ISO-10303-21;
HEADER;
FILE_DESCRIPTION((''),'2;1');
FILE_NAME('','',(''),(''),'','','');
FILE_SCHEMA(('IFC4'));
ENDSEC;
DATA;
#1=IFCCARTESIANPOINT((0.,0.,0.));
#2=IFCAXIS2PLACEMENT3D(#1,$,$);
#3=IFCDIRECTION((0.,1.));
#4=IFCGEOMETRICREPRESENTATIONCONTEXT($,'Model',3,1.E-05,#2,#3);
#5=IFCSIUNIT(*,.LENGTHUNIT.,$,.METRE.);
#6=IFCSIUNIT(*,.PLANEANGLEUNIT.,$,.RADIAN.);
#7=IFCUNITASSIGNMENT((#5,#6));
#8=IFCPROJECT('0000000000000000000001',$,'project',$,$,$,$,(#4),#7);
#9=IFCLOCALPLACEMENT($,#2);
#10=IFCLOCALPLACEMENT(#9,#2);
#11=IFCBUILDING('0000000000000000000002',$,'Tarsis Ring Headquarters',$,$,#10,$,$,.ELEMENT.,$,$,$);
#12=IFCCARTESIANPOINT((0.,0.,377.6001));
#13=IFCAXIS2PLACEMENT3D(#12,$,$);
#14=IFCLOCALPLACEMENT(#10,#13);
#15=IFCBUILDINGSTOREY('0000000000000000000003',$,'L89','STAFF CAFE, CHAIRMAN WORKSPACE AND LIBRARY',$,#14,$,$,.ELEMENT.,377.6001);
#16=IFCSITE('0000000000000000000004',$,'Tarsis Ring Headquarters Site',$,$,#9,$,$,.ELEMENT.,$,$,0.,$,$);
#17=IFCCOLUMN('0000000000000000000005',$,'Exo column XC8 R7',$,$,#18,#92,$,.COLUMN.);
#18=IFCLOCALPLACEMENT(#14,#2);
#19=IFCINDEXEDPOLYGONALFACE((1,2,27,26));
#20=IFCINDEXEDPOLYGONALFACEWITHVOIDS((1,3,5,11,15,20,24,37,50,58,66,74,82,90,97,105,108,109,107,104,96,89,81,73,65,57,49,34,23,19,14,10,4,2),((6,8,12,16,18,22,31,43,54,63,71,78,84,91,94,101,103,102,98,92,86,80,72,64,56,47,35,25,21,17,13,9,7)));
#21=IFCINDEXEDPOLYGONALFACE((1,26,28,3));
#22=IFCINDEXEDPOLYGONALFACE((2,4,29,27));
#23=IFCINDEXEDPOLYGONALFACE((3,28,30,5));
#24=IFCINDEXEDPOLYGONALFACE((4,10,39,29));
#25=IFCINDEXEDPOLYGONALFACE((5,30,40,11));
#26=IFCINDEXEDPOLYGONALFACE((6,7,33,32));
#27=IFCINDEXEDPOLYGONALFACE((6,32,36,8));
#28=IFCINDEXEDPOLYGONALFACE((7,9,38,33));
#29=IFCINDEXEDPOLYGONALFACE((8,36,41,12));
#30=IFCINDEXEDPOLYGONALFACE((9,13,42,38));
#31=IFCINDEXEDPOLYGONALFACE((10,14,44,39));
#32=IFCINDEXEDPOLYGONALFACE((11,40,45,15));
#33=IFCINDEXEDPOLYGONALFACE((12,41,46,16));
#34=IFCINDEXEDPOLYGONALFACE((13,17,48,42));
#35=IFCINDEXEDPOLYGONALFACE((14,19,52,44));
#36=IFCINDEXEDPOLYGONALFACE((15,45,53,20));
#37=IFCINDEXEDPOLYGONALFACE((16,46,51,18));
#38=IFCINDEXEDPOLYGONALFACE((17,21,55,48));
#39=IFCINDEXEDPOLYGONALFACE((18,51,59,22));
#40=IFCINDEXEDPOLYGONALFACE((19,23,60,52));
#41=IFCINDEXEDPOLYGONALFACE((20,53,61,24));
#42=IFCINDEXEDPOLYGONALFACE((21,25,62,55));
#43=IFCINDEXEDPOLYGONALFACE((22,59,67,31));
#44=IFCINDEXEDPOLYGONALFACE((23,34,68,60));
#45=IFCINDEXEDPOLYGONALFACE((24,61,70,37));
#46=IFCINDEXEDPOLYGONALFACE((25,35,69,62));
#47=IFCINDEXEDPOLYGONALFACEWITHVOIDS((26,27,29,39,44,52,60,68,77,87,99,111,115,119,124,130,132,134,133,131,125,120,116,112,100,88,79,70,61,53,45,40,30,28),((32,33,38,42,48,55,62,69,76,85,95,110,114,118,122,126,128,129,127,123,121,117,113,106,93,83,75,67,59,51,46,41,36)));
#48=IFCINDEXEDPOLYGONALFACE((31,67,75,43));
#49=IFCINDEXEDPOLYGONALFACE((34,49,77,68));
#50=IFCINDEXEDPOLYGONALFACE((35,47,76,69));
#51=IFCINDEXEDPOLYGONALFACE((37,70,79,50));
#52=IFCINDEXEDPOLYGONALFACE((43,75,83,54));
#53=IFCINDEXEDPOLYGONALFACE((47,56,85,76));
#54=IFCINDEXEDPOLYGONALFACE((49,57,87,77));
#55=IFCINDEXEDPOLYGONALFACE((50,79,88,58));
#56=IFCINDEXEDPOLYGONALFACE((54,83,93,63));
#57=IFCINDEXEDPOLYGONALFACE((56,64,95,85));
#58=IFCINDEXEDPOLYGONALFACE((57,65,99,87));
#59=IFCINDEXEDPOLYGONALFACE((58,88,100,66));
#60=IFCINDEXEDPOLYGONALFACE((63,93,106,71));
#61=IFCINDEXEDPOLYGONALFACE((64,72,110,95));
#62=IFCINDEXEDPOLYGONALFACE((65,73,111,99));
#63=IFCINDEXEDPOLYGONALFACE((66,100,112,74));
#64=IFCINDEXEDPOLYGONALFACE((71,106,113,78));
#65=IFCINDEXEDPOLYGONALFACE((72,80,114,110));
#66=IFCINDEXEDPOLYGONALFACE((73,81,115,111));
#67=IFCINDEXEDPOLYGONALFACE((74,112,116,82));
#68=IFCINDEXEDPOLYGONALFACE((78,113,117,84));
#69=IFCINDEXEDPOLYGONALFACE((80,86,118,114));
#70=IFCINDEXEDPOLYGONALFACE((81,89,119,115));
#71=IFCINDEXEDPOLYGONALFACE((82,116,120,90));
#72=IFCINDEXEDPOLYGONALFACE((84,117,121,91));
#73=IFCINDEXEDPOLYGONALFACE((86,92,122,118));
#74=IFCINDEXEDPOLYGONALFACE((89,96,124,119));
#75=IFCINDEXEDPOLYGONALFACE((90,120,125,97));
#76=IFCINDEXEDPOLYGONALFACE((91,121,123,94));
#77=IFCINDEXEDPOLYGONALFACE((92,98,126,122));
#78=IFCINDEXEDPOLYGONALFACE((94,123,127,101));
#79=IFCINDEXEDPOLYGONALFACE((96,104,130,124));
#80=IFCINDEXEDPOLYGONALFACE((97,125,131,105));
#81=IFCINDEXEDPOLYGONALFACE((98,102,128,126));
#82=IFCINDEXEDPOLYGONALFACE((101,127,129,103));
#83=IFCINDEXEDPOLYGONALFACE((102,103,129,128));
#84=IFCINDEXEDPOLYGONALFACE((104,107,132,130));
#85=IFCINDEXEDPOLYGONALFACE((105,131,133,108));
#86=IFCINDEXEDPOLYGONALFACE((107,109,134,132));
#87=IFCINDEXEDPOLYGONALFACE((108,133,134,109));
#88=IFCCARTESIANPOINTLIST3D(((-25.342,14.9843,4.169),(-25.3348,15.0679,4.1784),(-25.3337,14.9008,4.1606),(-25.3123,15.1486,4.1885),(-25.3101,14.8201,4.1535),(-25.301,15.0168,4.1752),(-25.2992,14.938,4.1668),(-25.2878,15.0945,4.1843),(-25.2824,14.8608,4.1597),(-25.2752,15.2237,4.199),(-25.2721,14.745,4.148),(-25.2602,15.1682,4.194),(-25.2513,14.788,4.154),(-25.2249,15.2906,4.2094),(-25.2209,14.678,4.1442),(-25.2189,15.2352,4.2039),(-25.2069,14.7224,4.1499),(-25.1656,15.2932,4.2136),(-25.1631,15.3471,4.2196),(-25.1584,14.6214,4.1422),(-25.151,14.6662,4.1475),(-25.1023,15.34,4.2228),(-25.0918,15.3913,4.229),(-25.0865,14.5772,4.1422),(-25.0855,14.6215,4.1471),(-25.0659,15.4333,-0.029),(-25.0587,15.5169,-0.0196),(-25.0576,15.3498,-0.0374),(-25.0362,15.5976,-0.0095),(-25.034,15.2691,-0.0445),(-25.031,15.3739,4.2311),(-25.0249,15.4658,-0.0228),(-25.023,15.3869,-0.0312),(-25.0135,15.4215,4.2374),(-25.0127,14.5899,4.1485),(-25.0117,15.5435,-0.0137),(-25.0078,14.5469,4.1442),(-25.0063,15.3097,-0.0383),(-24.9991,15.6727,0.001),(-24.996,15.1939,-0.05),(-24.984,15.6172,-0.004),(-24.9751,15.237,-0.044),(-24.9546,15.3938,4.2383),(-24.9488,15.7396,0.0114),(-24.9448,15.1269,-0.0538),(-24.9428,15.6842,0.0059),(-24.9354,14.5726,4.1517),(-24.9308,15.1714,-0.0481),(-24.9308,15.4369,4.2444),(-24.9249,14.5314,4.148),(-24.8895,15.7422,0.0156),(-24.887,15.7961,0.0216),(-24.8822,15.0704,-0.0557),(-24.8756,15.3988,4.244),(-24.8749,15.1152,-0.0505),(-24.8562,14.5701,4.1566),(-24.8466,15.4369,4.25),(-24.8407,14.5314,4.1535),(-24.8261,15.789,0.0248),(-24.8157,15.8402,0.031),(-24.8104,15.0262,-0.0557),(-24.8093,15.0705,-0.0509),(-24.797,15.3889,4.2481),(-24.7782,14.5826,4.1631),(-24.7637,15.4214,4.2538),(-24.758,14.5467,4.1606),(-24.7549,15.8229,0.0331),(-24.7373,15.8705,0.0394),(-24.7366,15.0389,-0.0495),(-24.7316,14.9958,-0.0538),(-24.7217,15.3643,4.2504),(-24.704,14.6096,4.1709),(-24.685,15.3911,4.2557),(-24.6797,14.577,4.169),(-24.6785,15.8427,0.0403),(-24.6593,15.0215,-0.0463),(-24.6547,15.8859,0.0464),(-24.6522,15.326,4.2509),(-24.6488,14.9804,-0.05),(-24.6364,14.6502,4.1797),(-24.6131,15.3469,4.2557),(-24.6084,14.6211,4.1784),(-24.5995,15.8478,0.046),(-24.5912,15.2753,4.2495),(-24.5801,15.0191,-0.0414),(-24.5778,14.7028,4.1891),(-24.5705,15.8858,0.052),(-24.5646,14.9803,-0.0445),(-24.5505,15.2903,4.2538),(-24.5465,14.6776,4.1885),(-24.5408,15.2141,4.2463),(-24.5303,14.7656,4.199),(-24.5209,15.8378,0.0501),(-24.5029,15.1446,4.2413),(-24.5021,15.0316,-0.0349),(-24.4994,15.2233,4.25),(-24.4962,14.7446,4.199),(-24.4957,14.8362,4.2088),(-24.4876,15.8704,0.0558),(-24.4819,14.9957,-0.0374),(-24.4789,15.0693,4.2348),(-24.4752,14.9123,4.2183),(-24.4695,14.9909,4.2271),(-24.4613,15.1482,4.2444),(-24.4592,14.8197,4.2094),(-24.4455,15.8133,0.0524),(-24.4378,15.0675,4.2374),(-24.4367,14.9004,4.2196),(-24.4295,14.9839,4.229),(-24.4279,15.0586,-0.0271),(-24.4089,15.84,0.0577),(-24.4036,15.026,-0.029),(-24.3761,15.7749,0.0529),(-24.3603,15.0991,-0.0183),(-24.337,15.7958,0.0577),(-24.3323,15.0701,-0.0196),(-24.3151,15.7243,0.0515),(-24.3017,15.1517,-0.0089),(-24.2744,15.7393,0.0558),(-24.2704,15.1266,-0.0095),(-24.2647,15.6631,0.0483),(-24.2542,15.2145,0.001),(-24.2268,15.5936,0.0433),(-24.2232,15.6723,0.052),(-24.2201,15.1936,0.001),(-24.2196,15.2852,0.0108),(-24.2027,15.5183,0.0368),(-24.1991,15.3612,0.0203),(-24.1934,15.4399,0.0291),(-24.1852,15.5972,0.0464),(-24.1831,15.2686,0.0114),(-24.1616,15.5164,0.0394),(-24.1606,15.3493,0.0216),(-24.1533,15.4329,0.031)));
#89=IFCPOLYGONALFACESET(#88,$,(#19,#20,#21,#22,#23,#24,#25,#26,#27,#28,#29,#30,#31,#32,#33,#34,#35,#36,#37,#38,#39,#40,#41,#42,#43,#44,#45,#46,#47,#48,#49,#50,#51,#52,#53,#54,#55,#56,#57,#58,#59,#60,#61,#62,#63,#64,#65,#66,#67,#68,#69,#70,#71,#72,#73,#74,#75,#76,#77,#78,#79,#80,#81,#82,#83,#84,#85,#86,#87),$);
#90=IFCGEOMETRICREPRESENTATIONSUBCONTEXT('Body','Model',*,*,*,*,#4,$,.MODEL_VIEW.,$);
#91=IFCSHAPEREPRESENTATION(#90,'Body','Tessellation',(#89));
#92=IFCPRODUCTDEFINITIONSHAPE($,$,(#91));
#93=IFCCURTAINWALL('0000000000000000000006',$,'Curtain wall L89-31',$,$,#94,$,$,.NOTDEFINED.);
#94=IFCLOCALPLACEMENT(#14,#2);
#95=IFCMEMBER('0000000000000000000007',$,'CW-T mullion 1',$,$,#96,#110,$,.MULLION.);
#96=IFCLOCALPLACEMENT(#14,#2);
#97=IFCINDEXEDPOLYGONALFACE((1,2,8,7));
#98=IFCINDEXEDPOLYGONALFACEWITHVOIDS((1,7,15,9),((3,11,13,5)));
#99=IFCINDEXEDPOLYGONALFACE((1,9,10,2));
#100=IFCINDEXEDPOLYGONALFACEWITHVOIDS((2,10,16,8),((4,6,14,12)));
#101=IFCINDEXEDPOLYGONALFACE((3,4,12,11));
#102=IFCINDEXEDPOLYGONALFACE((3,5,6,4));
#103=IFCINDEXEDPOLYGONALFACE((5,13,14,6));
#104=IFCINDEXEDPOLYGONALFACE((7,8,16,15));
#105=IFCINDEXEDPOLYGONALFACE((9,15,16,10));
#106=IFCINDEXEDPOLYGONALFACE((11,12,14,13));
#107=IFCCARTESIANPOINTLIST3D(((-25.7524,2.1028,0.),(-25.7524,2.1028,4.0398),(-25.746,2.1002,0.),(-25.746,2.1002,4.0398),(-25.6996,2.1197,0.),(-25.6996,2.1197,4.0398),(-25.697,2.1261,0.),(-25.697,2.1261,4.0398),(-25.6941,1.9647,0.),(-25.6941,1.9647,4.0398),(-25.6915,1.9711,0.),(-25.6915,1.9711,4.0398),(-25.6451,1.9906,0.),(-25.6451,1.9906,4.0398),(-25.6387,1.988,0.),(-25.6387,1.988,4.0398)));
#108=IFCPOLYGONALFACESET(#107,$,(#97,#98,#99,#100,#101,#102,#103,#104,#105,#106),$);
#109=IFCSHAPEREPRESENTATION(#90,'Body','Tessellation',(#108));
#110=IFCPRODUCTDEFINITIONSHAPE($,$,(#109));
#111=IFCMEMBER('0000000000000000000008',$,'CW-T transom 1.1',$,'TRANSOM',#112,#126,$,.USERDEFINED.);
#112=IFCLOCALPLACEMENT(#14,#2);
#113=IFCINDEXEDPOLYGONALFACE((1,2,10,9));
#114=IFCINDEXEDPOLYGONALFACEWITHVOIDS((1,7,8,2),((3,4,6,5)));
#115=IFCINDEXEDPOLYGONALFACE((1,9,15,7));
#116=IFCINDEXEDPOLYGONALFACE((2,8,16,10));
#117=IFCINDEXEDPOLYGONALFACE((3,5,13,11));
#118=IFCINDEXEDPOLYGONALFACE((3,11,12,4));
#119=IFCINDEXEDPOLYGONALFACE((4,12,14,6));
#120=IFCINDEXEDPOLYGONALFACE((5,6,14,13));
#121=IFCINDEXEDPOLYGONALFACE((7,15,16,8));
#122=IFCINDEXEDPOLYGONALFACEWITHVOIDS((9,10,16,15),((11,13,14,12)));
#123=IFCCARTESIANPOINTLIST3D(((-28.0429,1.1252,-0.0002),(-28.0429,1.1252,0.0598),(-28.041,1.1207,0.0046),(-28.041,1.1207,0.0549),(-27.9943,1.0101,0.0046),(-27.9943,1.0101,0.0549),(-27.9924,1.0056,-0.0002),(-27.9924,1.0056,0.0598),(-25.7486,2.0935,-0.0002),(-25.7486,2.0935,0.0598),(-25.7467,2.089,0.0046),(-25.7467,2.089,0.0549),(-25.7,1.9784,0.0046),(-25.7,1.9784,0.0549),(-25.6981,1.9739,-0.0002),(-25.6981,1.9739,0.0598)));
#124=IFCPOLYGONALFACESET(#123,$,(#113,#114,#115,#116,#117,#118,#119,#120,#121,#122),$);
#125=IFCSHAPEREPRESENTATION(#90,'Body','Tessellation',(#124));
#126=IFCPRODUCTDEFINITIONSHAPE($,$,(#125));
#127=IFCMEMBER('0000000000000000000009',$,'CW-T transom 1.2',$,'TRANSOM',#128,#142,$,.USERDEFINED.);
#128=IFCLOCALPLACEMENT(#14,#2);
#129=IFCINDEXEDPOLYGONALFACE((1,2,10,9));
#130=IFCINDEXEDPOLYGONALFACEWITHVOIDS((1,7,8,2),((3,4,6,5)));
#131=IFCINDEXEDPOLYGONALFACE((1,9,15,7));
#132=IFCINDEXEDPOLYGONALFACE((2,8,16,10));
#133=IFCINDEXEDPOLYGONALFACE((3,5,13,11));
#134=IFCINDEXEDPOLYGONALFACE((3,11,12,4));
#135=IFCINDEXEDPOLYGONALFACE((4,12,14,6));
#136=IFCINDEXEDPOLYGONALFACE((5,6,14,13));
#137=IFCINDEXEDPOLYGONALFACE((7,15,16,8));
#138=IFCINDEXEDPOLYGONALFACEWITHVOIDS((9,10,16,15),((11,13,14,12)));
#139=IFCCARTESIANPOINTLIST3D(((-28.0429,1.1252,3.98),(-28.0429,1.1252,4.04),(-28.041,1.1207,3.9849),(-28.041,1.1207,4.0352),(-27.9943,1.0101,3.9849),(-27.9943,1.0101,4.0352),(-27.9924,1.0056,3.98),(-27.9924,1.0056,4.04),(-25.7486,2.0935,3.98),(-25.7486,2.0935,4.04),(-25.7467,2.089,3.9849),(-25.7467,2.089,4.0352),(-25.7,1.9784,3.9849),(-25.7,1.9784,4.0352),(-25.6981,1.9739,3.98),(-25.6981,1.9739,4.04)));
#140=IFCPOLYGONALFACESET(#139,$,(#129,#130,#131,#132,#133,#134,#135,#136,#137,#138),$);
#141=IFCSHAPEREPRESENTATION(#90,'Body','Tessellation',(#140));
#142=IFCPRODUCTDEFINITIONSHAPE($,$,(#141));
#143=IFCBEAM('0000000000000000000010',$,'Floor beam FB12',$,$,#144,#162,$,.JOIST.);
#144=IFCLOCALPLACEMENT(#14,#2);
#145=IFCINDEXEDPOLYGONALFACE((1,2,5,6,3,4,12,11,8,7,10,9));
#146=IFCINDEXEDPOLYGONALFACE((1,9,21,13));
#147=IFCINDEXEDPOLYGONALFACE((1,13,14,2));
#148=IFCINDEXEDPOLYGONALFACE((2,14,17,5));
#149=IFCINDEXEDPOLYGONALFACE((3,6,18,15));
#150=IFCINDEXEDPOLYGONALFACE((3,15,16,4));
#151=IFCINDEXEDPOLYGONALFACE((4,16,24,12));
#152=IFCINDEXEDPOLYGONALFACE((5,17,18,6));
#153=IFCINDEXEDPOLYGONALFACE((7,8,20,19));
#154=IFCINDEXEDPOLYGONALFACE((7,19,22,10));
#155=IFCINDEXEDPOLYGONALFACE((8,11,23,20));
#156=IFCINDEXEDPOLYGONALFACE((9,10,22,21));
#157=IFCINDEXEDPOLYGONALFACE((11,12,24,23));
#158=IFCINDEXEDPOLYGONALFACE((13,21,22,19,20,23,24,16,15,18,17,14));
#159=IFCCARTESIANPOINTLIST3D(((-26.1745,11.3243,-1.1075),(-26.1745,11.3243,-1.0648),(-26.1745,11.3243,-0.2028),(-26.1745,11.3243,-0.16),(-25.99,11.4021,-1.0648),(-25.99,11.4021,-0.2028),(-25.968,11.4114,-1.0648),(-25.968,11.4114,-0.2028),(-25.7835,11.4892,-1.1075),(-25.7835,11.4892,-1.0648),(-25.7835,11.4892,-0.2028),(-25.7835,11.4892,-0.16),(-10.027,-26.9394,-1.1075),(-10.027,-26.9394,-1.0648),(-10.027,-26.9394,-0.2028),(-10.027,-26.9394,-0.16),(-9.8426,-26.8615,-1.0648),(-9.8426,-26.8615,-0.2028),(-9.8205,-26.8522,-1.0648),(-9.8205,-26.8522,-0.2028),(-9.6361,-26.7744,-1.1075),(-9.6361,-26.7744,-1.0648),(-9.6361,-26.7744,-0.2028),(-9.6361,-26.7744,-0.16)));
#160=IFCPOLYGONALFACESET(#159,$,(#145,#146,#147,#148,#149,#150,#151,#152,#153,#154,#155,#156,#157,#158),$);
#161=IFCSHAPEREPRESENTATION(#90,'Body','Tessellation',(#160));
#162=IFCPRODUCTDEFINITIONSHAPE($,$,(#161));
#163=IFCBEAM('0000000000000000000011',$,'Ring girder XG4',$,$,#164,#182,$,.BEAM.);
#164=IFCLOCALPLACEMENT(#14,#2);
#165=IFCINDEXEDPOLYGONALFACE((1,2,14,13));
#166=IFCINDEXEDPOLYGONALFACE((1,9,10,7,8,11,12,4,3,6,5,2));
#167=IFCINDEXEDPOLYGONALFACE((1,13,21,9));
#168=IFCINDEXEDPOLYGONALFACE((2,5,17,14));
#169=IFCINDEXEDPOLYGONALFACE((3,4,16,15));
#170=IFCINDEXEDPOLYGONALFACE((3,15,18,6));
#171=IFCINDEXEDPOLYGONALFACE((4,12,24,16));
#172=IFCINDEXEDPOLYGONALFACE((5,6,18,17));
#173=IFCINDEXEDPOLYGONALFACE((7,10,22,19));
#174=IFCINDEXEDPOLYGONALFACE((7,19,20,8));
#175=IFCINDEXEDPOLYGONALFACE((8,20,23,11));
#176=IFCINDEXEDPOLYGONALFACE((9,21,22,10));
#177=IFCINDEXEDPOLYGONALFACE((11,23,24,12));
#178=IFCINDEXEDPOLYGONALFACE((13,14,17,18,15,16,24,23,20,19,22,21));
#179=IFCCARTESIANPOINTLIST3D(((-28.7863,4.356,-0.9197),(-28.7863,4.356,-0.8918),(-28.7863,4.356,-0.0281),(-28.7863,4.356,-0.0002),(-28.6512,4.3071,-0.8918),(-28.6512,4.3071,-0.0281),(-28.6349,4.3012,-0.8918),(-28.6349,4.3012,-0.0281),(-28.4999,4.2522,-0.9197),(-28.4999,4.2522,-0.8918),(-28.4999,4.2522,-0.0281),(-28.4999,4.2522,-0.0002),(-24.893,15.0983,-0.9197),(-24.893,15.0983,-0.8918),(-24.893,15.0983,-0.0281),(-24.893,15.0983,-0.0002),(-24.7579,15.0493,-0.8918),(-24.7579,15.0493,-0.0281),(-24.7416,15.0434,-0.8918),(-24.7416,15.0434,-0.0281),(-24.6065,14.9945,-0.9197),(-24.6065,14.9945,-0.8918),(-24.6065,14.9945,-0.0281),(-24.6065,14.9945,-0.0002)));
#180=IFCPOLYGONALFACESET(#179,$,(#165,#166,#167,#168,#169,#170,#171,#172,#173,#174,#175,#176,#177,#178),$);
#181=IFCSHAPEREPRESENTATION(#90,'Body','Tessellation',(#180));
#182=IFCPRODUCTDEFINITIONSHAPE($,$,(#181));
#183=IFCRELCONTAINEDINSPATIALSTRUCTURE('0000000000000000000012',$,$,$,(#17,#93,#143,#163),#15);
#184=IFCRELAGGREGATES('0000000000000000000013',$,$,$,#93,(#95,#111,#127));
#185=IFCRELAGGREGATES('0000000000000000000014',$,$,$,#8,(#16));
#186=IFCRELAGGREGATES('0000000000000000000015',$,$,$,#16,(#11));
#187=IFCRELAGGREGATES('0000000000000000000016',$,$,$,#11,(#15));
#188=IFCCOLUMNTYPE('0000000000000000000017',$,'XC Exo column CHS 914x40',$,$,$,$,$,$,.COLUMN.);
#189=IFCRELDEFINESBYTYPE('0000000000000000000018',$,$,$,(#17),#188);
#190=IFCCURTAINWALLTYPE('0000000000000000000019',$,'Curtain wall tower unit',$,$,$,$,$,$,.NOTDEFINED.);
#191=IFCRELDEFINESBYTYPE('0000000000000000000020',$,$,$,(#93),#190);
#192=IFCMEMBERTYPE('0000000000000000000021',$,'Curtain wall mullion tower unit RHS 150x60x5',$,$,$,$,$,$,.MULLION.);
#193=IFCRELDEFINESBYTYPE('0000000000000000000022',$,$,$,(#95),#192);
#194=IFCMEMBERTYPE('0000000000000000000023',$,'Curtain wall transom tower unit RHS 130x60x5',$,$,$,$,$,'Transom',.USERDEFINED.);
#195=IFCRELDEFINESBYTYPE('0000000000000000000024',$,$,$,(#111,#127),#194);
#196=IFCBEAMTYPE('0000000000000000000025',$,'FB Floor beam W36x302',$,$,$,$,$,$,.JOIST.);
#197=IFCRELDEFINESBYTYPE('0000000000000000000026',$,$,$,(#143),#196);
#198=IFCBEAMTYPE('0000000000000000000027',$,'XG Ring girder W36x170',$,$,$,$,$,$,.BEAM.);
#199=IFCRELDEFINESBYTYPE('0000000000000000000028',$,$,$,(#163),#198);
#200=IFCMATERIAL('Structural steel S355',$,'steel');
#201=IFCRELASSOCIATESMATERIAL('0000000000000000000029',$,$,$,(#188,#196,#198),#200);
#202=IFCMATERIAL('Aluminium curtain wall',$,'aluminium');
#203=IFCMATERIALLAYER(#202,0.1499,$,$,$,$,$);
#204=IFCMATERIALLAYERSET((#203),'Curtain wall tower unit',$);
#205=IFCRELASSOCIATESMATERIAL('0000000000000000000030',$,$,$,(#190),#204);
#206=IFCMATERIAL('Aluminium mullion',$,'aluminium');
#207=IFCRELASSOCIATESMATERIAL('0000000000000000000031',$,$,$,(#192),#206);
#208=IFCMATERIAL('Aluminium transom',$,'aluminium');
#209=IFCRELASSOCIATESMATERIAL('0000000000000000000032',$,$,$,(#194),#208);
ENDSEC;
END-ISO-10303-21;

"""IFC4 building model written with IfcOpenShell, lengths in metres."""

from ifc_helpers import new_model, si_unit, direction, frame, origin, origin_2d, place, context, subcontext, project, spatial, hollow_rectangle, hollow_circle, i_section, extrude, material, layer, layer_set, material_profile, profile_set, type_object, element, aggregate, save


model = new_model("IFC4")

# Units and contexts
model_context = context("Model", 3, precision=1e-05, world=origin(), true_north=direction((0.0, 1.0)))
body_context = subcontext(model_context, "Body", "Model", "MODEL_VIEW")
ifc_project = project(units=[si_unit("LENGTHUNIT", "METRE"), si_unit("PLANEANGLEUNIT", "RADIAN")], contexts=[model_context])

# Site, building, storey
site_placement = place(None, origin())
site = spatial("IfcSite", under=ifc_project, at=site_placement, Name="Tarsis Ring Headquarters Site", CompositionType="ELEMENT", RefElevation=0.0)
building_placement = place(site_placement, origin())
building = spatial("IfcBuilding", under=site, at=building_placement, Name="Tarsis Ring Headquarters", CompositionType="ELEMENT")
storey_placement = place(building_placement, frame((0.0, 0.0, 377.6001)))
storey = spatial("IfcBuildingStorey", under=building, at=storey_placement, Name="L89", Description="STAFF CAFE, CHAIRMAN WORKSPACE AND LIBRARY", CompositionType="ELEMENT", Elevation=377.6001)

# Column
ifc_material_1 = material(Name="Structural steel S355", Category="steel")
ifc_material_profile_1 = material_profile(ifc_material_1, hollow_circle(Radius=0.457, WallThickness=0.04, at=origin_2d()), Name="CHS 914x40")
ifc_profile_set_1 = profile_set([ifc_material_profile_1], Name="Structural steel S355")
column_type = type_object("IfcColumnType", Name="XC Exo column CHS 914x40", PredefinedType="COLUMN", material=ifc_profile_set_1)
column_placement = place(storey_placement, frame((-24.6096, 15.4331, 0.001), z_axis=(-0.065263, -0.106117, 0.99221), x_axis=(0.851801, -0.523865, 0.0)))
element("IfcColumn", 1, at=column_placement, inside=storey, type_object=column_type, Name="Exo column XC8 R7", PredefinedType="COLUMN", context=body_context, shape_type="SweptSolid", body=[
    extrude(hollow_circle(Radius=0.4573, WallThickness=0.04, at=origin_2d()), origin(), (0.0, 0.0, 1.0), 4.231),
])

# Curtain wall, members
ifc_material_2 = material(Name="Aluminium curtain wall", Category="aluminium")
ifc_layer_1 = layer(ifc_material_2, 0.1499)
ifc_layer_set_1 = layer_set([ifc_layer_1], Name="Curtain wall tower unit")
curtain_wall_type = type_object("IfcCurtainWallType", Name="Curtain wall tower unit", PredefinedType="NOTDEFINED", material=ifc_layer_set_1)
curtain_wall_placement = place(storey_placement, origin())
curtain_wall = element("IfcCurtainWall", 2, at=curtain_wall_placement, inside=storey, type_object=curtain_wall_type, Name="Curtain wall L89-31", PredefinedType="NOTDEFINED")
ifc_material_3 = material(Name="Aluminium mullion", Category="aluminium")
ifc_material_profile_2 = material_profile(ifc_material_3, hollow_rectangle(XDim=0.1499, YDim=0.0601, WallThickness=0.0049, at=origin_2d()), Name="RHS 150x60x5")
ifc_profile_set_2 = profile_set([ifc_material_profile_2], Name="Aluminium mullion")
member_type_1 = type_object("IfcMemberType", Name="Curtain wall mullion tower unit RHS 150x60x5", PredefinedType="MULLION", material=ifc_profile_set_2)
member_1_placement = place(storey_placement, frame((-25.6956, 2.0454, 0.0), z_axis=(0.0, 0.0, 1.0), x_axis=(0.388802, -0.921321, 0.0)))
member_1 = element("IfcMember", 3, at=member_1_placement, type_object=member_type_1, Name="CW-T mullion 1", PredefinedType="MULLION", context=body_context, shape_type="SweptSolid", body=[
    extrude(hollow_rectangle(XDim=0.1499, YDim=0.0601, WallThickness=0.0049, at=origin_2d()), origin(), (0.0, 0.0, 1.0), 4.0398),
])
ifc_material_4 = material(Name="Aluminium transom", Category="aluminium")
ifc_material_profile_3 = material_profile(ifc_material_4, hollow_rectangle(XDim=0.1299, YDim=0.0601, WallThickness=0.0049, at=origin_2d()), Name="RHS 130x60x5")
ifc_profile_set_3 = profile_set([ifc_material_profile_3], Name="Aluminium transom")
member_type_2 = type_object("IfcMemberType", Name="Curtain wall transom tower unit RHS 130x60x5", ElementType="Transom", PredefinedType="USERDEFINED", material=ifc_profile_set_3)
member_2_placement = place(storey_placement, frame((-25.7234, 2.0337, 0.0298), z_axis=(-0.921307, -0.388837, 0.0), x_axis=(0.388837, -0.921307, 0.0)))
member_2 = element("IfcMember", 4, at=member_2_placement, type_object=member_type_2, Name="CW-T transom 1.1", ObjectType="TRANSOM", PredefinedType="USERDEFINED", context=body_context, shape_type="SweptSolid", body=[
    extrude(hollow_rectangle(XDim=0.1299, YDim=0.0601, WallThickness=0.0049, at=origin_2d()), origin(), (0.0, 0.0, 1.0), 2.4902),
])
member_3_placement = place(storey_placement, frame((-25.7234, 2.0337, 4.01), z_axis=(-0.921307, -0.388837, 0.0), x_axis=(0.388837, -0.921307, 0.0)))
member_3 = element("IfcMember", 5, at=member_3_placement, type_object=member_type_2, Name="CW-T transom 1.2", ObjectType="TRANSOM", PredefinedType="USERDEFINED", context=body_context, shape_type="SweptSolid", body=[
    extrude(hollow_rectangle(XDim=0.1299, YDim=0.0601, WallThickness=0.0049, at=origin_2d()), origin(), (0.0, 0.0, 1.0), 2.4902),
])
aggregate(curtain_wall, [member_1, member_2, member_3])

# Beams
ifc_material_profile_4 = material_profile(ifc_material_1, i_section(OverallWidth=0.4243, OverallDepth=0.9475, WebThickness=0.0239, FlangeThickness=0.0427, at=origin_2d()), Name="W36x302")
ifc_profile_set_4 = profile_set([ifc_material_profile_4], Name="Structural steel S355")
beam_type_1 = type_object("IfcBeamType", Name="FB Floor beam W36x302", PredefinedType="JOIST", material=ifc_profile_set_4)
beam_1_placement = place(storey_placement, frame((-25.979, 11.4067, -0.6338), z_axis=(0.388802, -0.921321, 0.0), x_axis=(0.921321, 0.388802, 0.0)))
element("IfcBeam", 6, at=beam_1_placement, inside=storey, type_object=beam_type_1, Name="Floor beam FB12", PredefinedType="JOIST", context=body_context, shape_type="SweptSolid", body=[
    extrude(i_section(OverallWidth=0.4243, OverallDepth=0.9475, WebThickness=0.0239, FlangeThickness=0.0427, at=origin_2d()), origin(), (0.0, 0.0, 1.0), 41.5312),
])
ifc_material_profile_5 = material_profile(ifc_material_1, i_section(OverallWidth=0.3047, OverallDepth=0.9194, WebThickness=0.0173, FlangeThickness=0.0278, at=origin_2d()), Name="W36x170")
ifc_profile_set_5 = profile_set([ifc_material_profile_5], Name="Structural steel S355")
beam_type_2 = type_object("IfcBeamType", Name="XG Ring girder W36x170", PredefinedType="BEAM", material=ifc_profile_set_5)
beam_2_placement = place(storey_placement, frame((-24.7498, 15.0464, -0.46), z_axis=(-0.340743, -0.940157, 0.0), x_axis=(0.940157, -0.340743, 0.0)))
element("IfcBeam", 7, at=beam_2_placement, inside=storey, type_object=beam_type_2, Name="Ring girder XG4", PredefinedType="BEAM", context=body_context, shape_type="SweptSolid", body=[
    extrude(i_section(OverallWidth=0.3047, OverallDepth=0.9194, WebThickness=0.0173, FlangeThickness=0.0278, at=origin_2d()), origin(), (0.0, 0.0, 1.0), 11.426),
])

save(model, "model.ifc")
